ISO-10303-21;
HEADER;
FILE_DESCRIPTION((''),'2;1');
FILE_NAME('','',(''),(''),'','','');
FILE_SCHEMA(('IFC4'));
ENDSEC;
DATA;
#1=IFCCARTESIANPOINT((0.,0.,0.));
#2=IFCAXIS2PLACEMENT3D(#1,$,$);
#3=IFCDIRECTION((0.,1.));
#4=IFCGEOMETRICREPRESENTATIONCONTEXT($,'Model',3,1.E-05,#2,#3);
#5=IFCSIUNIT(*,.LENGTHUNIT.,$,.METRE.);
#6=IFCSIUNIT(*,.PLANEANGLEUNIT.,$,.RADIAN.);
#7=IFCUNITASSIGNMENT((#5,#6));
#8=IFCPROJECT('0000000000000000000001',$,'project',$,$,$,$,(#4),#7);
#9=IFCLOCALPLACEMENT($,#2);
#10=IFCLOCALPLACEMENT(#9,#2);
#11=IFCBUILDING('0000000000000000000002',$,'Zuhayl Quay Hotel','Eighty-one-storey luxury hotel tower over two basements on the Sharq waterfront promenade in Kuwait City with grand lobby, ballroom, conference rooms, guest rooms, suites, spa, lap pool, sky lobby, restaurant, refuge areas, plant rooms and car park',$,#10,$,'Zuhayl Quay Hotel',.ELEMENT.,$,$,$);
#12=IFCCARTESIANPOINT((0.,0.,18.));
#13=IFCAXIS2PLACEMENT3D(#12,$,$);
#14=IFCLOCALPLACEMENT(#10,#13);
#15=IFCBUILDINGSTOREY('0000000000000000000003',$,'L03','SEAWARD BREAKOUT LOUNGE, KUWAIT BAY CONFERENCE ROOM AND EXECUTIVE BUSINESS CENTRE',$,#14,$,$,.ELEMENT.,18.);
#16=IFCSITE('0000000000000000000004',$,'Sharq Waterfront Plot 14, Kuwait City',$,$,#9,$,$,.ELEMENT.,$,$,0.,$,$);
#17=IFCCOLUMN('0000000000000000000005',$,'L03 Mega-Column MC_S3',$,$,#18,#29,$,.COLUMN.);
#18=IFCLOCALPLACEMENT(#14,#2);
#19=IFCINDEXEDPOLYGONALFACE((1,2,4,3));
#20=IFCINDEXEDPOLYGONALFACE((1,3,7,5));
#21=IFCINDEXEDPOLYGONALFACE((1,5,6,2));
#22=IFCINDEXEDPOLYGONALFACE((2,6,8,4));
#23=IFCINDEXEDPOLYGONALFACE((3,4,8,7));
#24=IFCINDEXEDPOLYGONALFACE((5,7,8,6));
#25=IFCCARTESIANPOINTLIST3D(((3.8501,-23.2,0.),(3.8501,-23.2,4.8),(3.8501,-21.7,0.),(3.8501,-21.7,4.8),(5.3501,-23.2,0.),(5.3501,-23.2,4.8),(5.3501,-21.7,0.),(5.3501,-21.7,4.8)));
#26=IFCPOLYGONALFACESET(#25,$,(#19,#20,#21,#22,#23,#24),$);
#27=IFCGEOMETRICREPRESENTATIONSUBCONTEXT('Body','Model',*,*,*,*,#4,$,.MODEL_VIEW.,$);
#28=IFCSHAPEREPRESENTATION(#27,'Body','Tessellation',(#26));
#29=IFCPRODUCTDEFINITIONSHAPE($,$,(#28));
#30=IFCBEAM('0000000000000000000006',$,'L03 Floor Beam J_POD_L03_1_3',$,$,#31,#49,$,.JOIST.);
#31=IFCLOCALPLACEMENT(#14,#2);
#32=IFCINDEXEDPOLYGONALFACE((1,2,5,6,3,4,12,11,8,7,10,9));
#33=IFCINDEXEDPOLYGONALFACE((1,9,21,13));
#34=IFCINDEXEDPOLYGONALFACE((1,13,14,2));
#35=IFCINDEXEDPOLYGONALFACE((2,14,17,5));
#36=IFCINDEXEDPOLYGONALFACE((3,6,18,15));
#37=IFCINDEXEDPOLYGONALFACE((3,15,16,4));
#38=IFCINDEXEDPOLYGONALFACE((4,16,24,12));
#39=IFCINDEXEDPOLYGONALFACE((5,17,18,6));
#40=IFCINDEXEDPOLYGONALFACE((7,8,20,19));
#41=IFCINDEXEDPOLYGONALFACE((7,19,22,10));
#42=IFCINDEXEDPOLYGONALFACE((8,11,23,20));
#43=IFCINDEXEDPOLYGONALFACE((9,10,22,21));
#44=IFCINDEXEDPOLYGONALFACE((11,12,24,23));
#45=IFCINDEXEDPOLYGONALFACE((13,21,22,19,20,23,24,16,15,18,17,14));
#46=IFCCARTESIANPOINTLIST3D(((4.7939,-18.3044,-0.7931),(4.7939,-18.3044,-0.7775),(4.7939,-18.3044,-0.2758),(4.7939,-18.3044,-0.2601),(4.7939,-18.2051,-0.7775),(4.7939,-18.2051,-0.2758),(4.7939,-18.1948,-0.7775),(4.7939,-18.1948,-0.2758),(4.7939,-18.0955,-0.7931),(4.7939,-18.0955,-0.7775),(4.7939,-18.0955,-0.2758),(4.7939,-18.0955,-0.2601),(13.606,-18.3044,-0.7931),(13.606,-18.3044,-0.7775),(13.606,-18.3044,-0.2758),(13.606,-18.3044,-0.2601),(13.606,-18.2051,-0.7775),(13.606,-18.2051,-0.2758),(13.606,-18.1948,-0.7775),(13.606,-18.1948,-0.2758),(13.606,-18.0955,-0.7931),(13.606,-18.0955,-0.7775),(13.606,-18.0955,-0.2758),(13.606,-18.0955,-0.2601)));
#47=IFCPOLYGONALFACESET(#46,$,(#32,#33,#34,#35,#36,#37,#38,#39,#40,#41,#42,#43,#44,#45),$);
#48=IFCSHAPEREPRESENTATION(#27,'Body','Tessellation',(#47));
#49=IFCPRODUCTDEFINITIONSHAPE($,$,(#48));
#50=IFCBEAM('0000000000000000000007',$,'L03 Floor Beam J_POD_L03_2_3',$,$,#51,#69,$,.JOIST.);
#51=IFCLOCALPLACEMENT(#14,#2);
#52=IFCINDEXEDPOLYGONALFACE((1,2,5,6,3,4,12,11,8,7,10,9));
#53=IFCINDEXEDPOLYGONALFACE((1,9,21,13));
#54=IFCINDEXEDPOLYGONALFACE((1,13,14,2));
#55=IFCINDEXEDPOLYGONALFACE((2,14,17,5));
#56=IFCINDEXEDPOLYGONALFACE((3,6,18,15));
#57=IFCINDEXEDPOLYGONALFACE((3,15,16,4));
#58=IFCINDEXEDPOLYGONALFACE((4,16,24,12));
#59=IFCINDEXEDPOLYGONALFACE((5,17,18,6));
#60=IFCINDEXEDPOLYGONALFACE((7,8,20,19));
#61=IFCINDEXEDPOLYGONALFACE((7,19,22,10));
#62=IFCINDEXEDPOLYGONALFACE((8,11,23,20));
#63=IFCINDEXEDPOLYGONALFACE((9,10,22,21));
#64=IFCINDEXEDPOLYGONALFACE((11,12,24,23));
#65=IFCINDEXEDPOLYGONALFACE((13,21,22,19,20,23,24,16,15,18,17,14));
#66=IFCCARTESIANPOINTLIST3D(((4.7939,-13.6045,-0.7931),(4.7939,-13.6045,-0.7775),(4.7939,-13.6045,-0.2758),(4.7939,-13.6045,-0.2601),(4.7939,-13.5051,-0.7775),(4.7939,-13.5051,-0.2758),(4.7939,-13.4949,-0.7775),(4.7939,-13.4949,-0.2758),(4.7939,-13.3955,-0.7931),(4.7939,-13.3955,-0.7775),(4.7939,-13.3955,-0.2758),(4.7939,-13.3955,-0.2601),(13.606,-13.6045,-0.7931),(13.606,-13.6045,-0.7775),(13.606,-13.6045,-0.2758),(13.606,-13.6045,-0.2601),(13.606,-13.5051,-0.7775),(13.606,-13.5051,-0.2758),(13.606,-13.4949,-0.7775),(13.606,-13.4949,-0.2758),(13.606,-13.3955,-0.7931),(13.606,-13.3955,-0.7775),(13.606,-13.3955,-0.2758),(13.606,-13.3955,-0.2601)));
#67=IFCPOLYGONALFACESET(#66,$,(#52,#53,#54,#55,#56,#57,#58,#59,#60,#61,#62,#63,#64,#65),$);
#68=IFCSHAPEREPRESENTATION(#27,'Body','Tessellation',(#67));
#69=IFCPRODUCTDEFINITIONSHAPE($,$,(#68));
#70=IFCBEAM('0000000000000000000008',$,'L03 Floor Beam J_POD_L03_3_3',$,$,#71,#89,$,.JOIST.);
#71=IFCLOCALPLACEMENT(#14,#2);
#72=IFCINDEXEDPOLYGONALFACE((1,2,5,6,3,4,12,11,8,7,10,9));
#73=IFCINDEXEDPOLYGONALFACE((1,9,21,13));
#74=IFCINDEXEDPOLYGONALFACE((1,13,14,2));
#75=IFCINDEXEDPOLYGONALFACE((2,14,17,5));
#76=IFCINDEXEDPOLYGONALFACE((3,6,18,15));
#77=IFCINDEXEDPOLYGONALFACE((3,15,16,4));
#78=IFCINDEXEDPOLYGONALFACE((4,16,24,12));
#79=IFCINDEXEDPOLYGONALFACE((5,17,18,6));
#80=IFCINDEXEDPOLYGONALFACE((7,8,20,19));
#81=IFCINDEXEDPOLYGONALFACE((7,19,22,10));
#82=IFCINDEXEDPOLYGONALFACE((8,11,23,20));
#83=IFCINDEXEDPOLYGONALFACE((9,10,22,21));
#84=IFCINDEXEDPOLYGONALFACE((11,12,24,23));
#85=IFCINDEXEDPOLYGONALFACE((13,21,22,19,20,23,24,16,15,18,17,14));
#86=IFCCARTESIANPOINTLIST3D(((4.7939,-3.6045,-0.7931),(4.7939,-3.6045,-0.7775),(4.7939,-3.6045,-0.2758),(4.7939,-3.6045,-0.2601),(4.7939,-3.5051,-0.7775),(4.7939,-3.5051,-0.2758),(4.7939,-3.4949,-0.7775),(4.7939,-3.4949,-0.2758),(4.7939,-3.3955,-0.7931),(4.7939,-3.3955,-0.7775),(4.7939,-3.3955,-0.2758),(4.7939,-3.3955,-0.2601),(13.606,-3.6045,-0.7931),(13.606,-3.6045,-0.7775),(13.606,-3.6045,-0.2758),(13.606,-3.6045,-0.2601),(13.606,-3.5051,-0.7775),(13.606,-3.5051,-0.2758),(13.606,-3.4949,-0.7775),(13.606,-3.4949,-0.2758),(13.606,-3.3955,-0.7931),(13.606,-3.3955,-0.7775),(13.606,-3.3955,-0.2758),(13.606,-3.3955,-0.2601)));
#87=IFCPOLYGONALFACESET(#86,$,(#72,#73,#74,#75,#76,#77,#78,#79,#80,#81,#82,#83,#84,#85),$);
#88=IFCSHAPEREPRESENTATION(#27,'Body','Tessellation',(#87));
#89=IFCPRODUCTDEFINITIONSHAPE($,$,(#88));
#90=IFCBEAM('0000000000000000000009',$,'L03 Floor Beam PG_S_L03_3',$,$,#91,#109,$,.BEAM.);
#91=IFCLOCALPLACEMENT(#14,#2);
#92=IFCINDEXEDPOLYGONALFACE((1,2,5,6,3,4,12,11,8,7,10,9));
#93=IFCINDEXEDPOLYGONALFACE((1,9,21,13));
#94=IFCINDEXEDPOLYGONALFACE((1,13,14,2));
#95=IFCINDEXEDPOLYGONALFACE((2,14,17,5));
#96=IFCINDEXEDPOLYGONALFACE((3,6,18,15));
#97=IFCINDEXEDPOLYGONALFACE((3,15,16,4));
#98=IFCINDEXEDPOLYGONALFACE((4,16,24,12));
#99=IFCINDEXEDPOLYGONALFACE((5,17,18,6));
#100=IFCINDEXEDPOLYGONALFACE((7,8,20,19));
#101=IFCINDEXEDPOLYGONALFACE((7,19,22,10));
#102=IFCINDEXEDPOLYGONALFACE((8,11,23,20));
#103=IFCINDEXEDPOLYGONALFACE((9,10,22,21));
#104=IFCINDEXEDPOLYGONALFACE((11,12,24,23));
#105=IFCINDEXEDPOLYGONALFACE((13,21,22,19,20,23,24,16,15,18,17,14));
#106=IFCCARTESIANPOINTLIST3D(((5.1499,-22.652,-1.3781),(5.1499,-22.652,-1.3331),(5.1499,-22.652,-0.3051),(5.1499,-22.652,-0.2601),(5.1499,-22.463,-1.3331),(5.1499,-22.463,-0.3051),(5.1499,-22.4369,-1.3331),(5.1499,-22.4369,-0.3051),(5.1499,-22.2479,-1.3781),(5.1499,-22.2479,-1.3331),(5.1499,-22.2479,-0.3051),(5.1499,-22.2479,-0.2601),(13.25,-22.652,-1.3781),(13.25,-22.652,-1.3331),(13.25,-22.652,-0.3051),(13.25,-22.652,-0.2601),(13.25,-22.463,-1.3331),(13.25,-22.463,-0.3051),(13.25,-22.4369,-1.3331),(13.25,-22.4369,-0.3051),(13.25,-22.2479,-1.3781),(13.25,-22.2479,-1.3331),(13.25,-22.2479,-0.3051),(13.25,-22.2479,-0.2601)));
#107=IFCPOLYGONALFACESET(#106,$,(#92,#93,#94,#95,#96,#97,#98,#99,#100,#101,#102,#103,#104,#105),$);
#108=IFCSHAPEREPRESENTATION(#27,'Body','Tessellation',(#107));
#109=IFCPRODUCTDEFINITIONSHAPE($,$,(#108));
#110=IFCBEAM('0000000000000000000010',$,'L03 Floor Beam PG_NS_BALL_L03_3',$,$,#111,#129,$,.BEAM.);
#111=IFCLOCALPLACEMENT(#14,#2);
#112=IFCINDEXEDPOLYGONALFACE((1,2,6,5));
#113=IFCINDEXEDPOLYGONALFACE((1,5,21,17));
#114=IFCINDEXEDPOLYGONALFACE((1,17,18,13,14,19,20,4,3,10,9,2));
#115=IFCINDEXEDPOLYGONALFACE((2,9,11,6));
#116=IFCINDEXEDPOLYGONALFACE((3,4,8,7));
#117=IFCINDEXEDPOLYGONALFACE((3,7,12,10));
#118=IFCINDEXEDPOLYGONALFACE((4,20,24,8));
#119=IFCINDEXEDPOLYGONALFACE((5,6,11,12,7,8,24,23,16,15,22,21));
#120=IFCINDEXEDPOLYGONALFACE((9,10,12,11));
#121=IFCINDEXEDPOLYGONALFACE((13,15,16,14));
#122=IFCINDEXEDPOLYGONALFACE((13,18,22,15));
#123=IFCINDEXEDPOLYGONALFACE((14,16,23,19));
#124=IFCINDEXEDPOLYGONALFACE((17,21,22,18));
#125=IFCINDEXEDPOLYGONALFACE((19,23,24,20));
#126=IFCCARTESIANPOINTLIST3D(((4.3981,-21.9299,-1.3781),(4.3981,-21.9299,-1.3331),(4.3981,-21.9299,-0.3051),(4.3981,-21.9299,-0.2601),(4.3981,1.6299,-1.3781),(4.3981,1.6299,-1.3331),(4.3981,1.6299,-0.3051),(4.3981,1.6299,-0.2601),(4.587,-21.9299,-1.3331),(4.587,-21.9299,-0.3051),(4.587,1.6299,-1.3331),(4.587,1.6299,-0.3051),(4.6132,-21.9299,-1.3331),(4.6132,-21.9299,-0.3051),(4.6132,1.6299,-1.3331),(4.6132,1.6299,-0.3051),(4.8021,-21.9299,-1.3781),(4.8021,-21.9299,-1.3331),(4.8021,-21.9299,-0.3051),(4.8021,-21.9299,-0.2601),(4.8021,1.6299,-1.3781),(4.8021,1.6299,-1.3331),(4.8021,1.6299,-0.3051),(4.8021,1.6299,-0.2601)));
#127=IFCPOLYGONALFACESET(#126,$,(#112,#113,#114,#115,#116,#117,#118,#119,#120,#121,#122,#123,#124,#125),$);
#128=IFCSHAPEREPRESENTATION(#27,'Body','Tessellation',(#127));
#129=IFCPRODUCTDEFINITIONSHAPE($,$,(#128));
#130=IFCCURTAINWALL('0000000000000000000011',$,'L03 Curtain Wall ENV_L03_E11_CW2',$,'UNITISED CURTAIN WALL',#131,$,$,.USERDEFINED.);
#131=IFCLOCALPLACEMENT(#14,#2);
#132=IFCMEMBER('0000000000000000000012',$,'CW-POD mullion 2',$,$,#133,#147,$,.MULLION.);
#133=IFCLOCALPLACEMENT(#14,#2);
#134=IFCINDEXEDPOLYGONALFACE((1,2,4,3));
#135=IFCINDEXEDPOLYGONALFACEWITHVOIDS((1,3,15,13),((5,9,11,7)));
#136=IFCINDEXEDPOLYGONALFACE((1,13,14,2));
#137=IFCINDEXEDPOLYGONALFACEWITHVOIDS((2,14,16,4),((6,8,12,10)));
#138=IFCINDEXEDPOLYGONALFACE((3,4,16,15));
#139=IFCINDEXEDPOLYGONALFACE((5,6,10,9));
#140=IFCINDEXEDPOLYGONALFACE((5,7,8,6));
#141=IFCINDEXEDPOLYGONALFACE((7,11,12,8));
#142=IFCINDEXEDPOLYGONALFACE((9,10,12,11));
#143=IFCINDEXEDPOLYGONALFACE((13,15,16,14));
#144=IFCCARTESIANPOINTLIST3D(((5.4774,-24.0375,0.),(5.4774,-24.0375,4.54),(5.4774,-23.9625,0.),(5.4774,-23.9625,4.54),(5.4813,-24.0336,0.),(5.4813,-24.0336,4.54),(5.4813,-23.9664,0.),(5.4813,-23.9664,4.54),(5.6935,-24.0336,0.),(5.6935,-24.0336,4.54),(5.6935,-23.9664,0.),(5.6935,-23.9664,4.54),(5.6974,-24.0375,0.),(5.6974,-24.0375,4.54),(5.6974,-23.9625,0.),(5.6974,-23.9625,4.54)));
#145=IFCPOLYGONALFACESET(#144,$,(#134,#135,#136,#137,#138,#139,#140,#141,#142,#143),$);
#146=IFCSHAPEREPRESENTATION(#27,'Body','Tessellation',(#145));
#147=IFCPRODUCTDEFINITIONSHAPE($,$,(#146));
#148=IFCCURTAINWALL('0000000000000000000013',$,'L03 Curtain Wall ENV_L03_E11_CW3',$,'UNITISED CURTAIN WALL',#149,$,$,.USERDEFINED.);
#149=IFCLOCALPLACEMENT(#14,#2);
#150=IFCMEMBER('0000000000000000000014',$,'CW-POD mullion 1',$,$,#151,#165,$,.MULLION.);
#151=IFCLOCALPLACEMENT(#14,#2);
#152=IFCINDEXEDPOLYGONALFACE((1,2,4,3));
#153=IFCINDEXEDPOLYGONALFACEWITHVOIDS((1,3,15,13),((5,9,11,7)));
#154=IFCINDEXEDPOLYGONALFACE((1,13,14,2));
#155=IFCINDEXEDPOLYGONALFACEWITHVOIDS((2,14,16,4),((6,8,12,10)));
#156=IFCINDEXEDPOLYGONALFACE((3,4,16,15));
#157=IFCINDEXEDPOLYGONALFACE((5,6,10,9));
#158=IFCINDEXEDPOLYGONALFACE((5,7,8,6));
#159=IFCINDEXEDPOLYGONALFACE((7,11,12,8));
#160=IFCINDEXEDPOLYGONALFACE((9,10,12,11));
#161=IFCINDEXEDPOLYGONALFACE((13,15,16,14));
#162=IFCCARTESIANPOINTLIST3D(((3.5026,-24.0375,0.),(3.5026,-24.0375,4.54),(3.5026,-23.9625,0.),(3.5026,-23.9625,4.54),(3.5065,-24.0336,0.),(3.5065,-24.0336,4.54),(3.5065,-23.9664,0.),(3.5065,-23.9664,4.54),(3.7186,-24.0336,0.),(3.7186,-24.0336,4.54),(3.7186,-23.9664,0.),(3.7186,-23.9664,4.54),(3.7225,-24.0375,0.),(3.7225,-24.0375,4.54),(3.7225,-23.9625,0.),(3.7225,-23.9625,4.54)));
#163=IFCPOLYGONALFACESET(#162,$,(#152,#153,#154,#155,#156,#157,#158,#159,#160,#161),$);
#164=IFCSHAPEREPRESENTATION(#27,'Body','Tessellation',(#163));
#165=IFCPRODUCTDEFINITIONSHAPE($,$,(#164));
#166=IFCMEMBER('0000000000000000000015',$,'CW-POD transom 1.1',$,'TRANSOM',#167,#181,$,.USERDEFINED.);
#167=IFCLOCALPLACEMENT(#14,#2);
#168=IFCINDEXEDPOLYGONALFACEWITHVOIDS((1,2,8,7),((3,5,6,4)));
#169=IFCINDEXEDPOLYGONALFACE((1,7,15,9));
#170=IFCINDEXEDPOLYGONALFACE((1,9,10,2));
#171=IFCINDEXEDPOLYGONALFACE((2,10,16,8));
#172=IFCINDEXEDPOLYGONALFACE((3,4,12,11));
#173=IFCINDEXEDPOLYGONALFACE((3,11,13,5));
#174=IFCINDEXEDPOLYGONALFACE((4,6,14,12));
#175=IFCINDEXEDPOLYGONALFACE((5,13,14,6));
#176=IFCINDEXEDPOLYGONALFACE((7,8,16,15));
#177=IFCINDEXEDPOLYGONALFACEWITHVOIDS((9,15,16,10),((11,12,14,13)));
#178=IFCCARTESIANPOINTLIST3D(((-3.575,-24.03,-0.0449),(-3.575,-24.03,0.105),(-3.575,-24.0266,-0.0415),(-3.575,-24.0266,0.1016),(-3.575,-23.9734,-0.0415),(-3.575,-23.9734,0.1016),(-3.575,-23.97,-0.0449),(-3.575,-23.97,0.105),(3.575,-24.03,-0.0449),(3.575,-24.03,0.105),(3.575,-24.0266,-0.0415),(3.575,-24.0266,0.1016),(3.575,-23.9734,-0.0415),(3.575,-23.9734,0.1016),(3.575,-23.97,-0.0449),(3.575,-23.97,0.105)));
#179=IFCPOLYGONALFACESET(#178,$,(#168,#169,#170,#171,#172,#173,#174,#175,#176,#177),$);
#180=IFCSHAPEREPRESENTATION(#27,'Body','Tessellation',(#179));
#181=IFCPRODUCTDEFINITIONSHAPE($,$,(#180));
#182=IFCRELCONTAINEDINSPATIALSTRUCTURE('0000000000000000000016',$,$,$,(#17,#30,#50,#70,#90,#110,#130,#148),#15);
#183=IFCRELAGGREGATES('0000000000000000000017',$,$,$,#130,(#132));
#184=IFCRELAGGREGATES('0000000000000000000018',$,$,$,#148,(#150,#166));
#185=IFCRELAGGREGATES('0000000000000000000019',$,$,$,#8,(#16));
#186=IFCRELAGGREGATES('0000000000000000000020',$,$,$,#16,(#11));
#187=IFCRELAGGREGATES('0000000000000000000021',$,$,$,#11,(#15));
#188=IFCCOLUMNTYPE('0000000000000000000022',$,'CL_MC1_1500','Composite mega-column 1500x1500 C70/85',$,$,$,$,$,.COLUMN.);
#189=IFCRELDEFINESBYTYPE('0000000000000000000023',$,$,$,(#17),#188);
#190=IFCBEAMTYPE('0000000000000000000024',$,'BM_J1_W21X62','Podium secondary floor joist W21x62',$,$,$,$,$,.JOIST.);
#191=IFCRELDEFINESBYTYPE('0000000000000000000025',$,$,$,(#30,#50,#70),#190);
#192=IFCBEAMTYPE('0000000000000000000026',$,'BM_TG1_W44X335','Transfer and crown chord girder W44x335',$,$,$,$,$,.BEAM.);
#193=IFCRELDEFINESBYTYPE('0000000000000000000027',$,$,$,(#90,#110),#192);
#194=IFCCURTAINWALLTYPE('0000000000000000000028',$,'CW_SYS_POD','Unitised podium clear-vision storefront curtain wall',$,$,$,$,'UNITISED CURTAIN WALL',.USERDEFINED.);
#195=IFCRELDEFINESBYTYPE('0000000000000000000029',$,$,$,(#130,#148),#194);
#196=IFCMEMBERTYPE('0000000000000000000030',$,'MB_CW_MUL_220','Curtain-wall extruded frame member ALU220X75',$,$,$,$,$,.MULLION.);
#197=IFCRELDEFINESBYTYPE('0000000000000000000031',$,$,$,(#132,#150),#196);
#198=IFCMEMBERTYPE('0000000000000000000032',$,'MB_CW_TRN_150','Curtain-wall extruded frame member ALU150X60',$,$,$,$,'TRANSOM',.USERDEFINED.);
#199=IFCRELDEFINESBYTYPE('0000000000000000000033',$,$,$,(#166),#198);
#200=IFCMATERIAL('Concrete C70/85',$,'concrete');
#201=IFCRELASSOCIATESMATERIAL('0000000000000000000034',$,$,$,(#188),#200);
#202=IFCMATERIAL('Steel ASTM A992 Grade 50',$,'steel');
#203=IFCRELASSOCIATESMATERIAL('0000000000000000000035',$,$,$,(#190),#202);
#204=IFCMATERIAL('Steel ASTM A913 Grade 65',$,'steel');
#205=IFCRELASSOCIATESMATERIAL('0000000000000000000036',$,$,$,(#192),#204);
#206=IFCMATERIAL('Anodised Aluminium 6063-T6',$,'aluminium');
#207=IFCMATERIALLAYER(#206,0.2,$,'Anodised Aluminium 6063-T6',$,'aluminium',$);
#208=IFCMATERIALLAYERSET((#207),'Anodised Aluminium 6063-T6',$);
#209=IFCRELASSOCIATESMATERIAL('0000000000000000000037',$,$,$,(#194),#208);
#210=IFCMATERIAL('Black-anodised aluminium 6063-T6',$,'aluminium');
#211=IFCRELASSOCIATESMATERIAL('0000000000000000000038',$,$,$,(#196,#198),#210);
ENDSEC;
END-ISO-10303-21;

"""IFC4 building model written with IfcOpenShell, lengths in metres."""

from ifc_helpers import new_model, si_unit, direction, frame, origin, origin_2d, place, context, subcontext, project, spatial, rectangle, hollow_rectangle, i_section, extrude, material, layer, layer_set, material_profile, profile_set, type_object, element, aggregate, save


model = new_model("IFC4")

# Units and contexts
model_context = context("Model", 3, precision=1e-05, world=origin(), true_north=direction((0.0, 1.0)))
body_context = subcontext(model_context, "Body", "Model", "MODEL_VIEW")
ifc_project = project(units=[si_unit("LENGTHUNIT", "METRE"), si_unit("PLANEANGLEUNIT", "RADIAN")], contexts=[model_context])

# Site, building, storey
site_placement = place(None, origin())
site = spatial("IfcSite", under=ifc_project, at=site_placement, Name="Sharq Waterfront Plot 14, Kuwait City", CompositionType="ELEMENT", RefElevation=0.0)
building_placement = place(site_placement, origin())
building = spatial("IfcBuilding", under=site, at=building_placement, Name="Zuhayl Quay Hotel", Description="Eighty-one-storey luxury hotel tower over two basements on the Sharq waterfront promenade in Kuwait City with grand lobby, ballroom, conference rooms, guest rooms, suites, spa, lap pool, sky lobby, restaurant, refuge areas, plant rooms and car park", LongName="Zuhayl Quay Hotel", CompositionType="ELEMENT")
storey_placement = place(building_placement, frame((0.0, 0.0, 18.0)))
storey = spatial("IfcBuildingStorey", under=building, at=storey_placement, Name="L03", Description="SEAWARD BREAKOUT LOUNGE, KUWAIT BAY CONFERENCE ROOM AND EXECUTIVE BUSINESS CENTRE", CompositionType="ELEMENT", Elevation=18.0)

# Column
ifc_material_1 = material(Name="Concrete C70/85", Category="concrete")
ifc_material_profile_1 = material_profile(ifc_material_1, rectangle(XDim=1.5, YDim=1.5, at=origin_2d()), Name="RC1500X1500")
ifc_profile_set_1 = profile_set([ifc_material_profile_1], Name="Concrete C70/85")
column_type = type_object("IfcColumnType", Name="CL_MC1_1500", Description="Composite mega-column 1500x1500 C70/85", PredefinedType="COLUMN", material=ifc_profile_set_1)
column_placement = place(storey_placement, frame((4.6001, -22.45, 0.0), z_axis=(0.0, 0.0, 1.0), x_axis=(1.0, 0.0, 0.0)))
element("IfcColumn", 1, at=column_placement, inside=storey, type_object=column_type, Name="L03 Mega-Column MC_S3", PredefinedType="COLUMN", context=body_context, shape_type="SweptSolid", body=[
    extrude(rectangle(XDim=1.5, YDim=1.5, at=origin_2d()), origin(), (0.0, 0.0, 1.0), 4.8),
])

# Beams
ifc_material_2 = material(Name="Steel ASTM A992 Grade 50", Category="steel")
ifc_material_profile_2 = material_profile(ifc_material_2, i_section(OverallWidth=0.209, OverallDepth=0.533, WebThickness=0.0103, FlangeThickness=0.0156, at=origin_2d()), Name="W21X62")
ifc_profile_set_2 = profile_set([ifc_material_profile_2], Name="Steel ASTM A992 Grade 50")
beam_type_1 = type_object("IfcBeamType", Name="BM_J1_W21X62", Description="Podium secondary floor joist W21x62", PredefinedType="JOIST", material=ifc_profile_set_2)
for number, where, z_axis, x_axis, name in (
    (2, (4.7939, -18.2, -0.5266), (1.0, 0.0, 0.0), (0.0, 1.0, 0.0), "L03 Floor Beam J_POD_L03_1_3"),
    (3, (4.7939, -13.5, -0.5266), (1.0, 0.0, 0.0), (0.0, 1.0, 0.0), "L03 Floor Beam J_POD_L03_2_3"),
    (4, (4.7939, -3.5, -0.5266), (1.0, 0.0, 0.0), (0.0, 1.0, 0.0), "L03 Floor Beam J_POD_L03_3_3"),
):
    element("IfcBeam", number, at=place(storey_placement, frame(where, z_axis=z_axis, x_axis=x_axis)), inside=storey, type_object=beam_type_1, Name=name, PredefinedType="JOIST", context=body_context, shape_type="SweptSolid", body=[
        extrude(i_section(OverallWidth=0.209, OverallDepth=0.533, WebThickness=0.0103, FlangeThickness=0.0156, at=origin_2d()), origin(), (0.0, 0.0, 1.0), 8.812),
    ])
ifc_material_3 = material(Name="Steel ASTM A913 Grade 65", Category="steel")
ifc_material_profile_3 = material_profile(ifc_material_3, i_section(OverallWidth=0.4041, OverallDepth=1.1179, WebThickness=0.0261, FlangeThickness=0.0449, at=origin_2d()), Name="W44X335")
ifc_profile_set_3 = profile_set([ifc_material_profile_3], Name="Steel ASTM A913 Grade 65")
beam_type_2 = type_object("IfcBeamType", Name="BM_TG1_W44X335", Description="Transfer and crown chord girder W44x335", PredefinedType="BEAM", material=ifc_profile_set_3)
beam_1_placement = place(storey_placement, frame((5.1499, -22.45, -0.8191), z_axis=(1.0, 0.0, 0.0), x_axis=(0.0, 1.0, 0.0)))
element("IfcBeam", 5, at=beam_1_placement, inside=storey, type_object=beam_type_2, Name="L03 Floor Beam PG_S_L03_3", PredefinedType="BEAM", context=body_context, shape_type="SweptSolid", body=[
    extrude(i_section(OverallWidth=0.4041, OverallDepth=1.1179, WebThickness=0.0261, FlangeThickness=0.0449, at=origin_2d()), origin(), (0.0, 0.0, 1.0), 8.1001),
])
beam_2_placement = place(storey_placement, frame((4.6001, -21.9299, -0.8191), z_axis=(0.0, 1.0, 0.0), x_axis=(-1.0, 0.0, 0.0)))
element("IfcBeam", 6, at=beam_2_placement, inside=storey, type_object=beam_type_2, Name="L03 Floor Beam PG_NS_BALL_L03_3", PredefinedType="BEAM", context=body_context, shape_type="SweptSolid", body=[
    extrude(i_section(OverallWidth=0.4041, OverallDepth=1.1179, WebThickness=0.0261, FlangeThickness=0.0449, at=origin_2d()), origin(), (0.0, 0.0, 1.0), 23.5598),
])

# Curtain wall, member
ifc_material_4 = material(Name="Anodised Aluminium 6063-T6", Category="aluminium")
ifc_layer_1 = layer(ifc_material_4, 0.2, Name="Anodised Aluminium 6063-T6", Category="aluminium")
ifc_layer_set_1 = layer_set([ifc_layer_1], Name="Anodised Aluminium 6063-T6")
curtain_wall_type = type_object("IfcCurtainWallType", Name="CW_SYS_POD", Description="Unitised podium clear-vision storefront curtain wall", ElementType="UNITISED CURTAIN WALL", PredefinedType="USERDEFINED", material=ifc_layer_set_1)
curtain_wall_1_placement = place(storey_placement, origin())
curtain_wall_1 = element("IfcCurtainWall", 7, at=curtain_wall_1_placement, inside=storey, type_object=curtain_wall_type, Name="L03 Curtain Wall ENV_L03_E11_CW2", ObjectType="UNITISED CURTAIN WALL", PredefinedType="USERDEFINED")
ifc_material_5 = material(Name="Black-anodised aluminium 6063-T6", Category="aluminium")
ifc_material_profile_4 = material_profile(ifc_material_5, hollow_rectangle(XDim=0.075, YDim=0.22, WallThickness=0.0039, at=origin_2d()), Name="ALU220X75")
ifc_profile_set_4 = profile_set([ifc_material_profile_4], Name="Black-anodised aluminium 6063-T6")
member_type_1 = type_object("IfcMemberType", Name="MB_CW_MUL_220", Description="Curtain-wall extruded frame member ALU220X75", PredefinedType="MULLION", material=ifc_profile_set_4)
member_1_placement = place(storey_placement, frame((5.5874, -24.0, 0.0), z_axis=(0.0, 0.0, 1.0), x_axis=(0.0, -1.0, 0.0)))
member_1 = element("IfcMember", 8, at=member_1_placement, type_object=member_type_1, Name="CW-POD mullion 2", PredefinedType="MULLION", context=body_context, shape_type="SweptSolid", body=[
    extrude(hollow_rectangle(XDim=0.075, YDim=0.22, WallThickness=0.0039, at=origin_2d()), origin(), (0.0, 0.0, 1.0), 4.54),
])
aggregate(curtain_wall_1, [member_1])

# Curtain wall, members
curtain_wall_2_placement = place(storey_placement, origin())
curtain_wall_2 = element("IfcCurtainWall", 9, at=curtain_wall_2_placement, inside=storey, type_object=curtain_wall_type, Name="L03 Curtain Wall ENV_L03_E11_CW3", ObjectType="UNITISED CURTAIN WALL", PredefinedType="USERDEFINED")
member_2_placement = place(storey_placement, frame((3.6125, -24.0, 0.0), z_axis=(0.0, 0.0, 1.0), x_axis=(0.0, -1.0, 0.0)))
member_2 = element("IfcMember", 10, at=member_2_placement, type_object=member_type_1, Name="CW-POD mullion 1", PredefinedType="MULLION", context=body_context, shape_type="SweptSolid", body=[
    extrude(hollow_rectangle(XDim=0.075, YDim=0.22, WallThickness=0.0039, at=origin_2d()), origin(), (0.0, 0.0, 1.0), 4.54),
])
ifc_material_profile_5 = material_profile(ifc_material_5, hollow_rectangle(XDim=0.0601, YDim=0.1499, WallThickness=0.0034, at=origin_2d()), Name="ALU150X60")
ifc_profile_set_5 = profile_set([ifc_material_profile_5], Name="Black-anodised aluminium 6063-T6")
member_type_2 = type_object("IfcMemberType", Name="MB_CW_TRN_150", Description="Curtain-wall extruded frame member ALU150X60", ElementType="TRANSOM", PredefinedType="USERDEFINED", material=ifc_profile_set_5)
member_3_placement = place(storey_placement, frame((3.575, -24.0, 0.03), z_axis=(-1.0, 0.0, 0.0), x_axis=(0.0, -1.0, 0.0)))
member_3 = element("IfcMember", 11, at=member_3_placement, type_object=member_type_2, Name="CW-POD transom 1.1", ObjectType="TRANSOM", PredefinedType="USERDEFINED", context=body_context, shape_type="SweptSolid", body=[
    extrude(hollow_rectangle(XDim=0.0601, YDim=0.1499, WallThickness=0.0034, at=origin_2d()), origin(), (0.0, 0.0, 1.0), 7.1499),
])

aggregate(curtain_wall_2, [member_2, member_3])

save(model, "model.ifc")
